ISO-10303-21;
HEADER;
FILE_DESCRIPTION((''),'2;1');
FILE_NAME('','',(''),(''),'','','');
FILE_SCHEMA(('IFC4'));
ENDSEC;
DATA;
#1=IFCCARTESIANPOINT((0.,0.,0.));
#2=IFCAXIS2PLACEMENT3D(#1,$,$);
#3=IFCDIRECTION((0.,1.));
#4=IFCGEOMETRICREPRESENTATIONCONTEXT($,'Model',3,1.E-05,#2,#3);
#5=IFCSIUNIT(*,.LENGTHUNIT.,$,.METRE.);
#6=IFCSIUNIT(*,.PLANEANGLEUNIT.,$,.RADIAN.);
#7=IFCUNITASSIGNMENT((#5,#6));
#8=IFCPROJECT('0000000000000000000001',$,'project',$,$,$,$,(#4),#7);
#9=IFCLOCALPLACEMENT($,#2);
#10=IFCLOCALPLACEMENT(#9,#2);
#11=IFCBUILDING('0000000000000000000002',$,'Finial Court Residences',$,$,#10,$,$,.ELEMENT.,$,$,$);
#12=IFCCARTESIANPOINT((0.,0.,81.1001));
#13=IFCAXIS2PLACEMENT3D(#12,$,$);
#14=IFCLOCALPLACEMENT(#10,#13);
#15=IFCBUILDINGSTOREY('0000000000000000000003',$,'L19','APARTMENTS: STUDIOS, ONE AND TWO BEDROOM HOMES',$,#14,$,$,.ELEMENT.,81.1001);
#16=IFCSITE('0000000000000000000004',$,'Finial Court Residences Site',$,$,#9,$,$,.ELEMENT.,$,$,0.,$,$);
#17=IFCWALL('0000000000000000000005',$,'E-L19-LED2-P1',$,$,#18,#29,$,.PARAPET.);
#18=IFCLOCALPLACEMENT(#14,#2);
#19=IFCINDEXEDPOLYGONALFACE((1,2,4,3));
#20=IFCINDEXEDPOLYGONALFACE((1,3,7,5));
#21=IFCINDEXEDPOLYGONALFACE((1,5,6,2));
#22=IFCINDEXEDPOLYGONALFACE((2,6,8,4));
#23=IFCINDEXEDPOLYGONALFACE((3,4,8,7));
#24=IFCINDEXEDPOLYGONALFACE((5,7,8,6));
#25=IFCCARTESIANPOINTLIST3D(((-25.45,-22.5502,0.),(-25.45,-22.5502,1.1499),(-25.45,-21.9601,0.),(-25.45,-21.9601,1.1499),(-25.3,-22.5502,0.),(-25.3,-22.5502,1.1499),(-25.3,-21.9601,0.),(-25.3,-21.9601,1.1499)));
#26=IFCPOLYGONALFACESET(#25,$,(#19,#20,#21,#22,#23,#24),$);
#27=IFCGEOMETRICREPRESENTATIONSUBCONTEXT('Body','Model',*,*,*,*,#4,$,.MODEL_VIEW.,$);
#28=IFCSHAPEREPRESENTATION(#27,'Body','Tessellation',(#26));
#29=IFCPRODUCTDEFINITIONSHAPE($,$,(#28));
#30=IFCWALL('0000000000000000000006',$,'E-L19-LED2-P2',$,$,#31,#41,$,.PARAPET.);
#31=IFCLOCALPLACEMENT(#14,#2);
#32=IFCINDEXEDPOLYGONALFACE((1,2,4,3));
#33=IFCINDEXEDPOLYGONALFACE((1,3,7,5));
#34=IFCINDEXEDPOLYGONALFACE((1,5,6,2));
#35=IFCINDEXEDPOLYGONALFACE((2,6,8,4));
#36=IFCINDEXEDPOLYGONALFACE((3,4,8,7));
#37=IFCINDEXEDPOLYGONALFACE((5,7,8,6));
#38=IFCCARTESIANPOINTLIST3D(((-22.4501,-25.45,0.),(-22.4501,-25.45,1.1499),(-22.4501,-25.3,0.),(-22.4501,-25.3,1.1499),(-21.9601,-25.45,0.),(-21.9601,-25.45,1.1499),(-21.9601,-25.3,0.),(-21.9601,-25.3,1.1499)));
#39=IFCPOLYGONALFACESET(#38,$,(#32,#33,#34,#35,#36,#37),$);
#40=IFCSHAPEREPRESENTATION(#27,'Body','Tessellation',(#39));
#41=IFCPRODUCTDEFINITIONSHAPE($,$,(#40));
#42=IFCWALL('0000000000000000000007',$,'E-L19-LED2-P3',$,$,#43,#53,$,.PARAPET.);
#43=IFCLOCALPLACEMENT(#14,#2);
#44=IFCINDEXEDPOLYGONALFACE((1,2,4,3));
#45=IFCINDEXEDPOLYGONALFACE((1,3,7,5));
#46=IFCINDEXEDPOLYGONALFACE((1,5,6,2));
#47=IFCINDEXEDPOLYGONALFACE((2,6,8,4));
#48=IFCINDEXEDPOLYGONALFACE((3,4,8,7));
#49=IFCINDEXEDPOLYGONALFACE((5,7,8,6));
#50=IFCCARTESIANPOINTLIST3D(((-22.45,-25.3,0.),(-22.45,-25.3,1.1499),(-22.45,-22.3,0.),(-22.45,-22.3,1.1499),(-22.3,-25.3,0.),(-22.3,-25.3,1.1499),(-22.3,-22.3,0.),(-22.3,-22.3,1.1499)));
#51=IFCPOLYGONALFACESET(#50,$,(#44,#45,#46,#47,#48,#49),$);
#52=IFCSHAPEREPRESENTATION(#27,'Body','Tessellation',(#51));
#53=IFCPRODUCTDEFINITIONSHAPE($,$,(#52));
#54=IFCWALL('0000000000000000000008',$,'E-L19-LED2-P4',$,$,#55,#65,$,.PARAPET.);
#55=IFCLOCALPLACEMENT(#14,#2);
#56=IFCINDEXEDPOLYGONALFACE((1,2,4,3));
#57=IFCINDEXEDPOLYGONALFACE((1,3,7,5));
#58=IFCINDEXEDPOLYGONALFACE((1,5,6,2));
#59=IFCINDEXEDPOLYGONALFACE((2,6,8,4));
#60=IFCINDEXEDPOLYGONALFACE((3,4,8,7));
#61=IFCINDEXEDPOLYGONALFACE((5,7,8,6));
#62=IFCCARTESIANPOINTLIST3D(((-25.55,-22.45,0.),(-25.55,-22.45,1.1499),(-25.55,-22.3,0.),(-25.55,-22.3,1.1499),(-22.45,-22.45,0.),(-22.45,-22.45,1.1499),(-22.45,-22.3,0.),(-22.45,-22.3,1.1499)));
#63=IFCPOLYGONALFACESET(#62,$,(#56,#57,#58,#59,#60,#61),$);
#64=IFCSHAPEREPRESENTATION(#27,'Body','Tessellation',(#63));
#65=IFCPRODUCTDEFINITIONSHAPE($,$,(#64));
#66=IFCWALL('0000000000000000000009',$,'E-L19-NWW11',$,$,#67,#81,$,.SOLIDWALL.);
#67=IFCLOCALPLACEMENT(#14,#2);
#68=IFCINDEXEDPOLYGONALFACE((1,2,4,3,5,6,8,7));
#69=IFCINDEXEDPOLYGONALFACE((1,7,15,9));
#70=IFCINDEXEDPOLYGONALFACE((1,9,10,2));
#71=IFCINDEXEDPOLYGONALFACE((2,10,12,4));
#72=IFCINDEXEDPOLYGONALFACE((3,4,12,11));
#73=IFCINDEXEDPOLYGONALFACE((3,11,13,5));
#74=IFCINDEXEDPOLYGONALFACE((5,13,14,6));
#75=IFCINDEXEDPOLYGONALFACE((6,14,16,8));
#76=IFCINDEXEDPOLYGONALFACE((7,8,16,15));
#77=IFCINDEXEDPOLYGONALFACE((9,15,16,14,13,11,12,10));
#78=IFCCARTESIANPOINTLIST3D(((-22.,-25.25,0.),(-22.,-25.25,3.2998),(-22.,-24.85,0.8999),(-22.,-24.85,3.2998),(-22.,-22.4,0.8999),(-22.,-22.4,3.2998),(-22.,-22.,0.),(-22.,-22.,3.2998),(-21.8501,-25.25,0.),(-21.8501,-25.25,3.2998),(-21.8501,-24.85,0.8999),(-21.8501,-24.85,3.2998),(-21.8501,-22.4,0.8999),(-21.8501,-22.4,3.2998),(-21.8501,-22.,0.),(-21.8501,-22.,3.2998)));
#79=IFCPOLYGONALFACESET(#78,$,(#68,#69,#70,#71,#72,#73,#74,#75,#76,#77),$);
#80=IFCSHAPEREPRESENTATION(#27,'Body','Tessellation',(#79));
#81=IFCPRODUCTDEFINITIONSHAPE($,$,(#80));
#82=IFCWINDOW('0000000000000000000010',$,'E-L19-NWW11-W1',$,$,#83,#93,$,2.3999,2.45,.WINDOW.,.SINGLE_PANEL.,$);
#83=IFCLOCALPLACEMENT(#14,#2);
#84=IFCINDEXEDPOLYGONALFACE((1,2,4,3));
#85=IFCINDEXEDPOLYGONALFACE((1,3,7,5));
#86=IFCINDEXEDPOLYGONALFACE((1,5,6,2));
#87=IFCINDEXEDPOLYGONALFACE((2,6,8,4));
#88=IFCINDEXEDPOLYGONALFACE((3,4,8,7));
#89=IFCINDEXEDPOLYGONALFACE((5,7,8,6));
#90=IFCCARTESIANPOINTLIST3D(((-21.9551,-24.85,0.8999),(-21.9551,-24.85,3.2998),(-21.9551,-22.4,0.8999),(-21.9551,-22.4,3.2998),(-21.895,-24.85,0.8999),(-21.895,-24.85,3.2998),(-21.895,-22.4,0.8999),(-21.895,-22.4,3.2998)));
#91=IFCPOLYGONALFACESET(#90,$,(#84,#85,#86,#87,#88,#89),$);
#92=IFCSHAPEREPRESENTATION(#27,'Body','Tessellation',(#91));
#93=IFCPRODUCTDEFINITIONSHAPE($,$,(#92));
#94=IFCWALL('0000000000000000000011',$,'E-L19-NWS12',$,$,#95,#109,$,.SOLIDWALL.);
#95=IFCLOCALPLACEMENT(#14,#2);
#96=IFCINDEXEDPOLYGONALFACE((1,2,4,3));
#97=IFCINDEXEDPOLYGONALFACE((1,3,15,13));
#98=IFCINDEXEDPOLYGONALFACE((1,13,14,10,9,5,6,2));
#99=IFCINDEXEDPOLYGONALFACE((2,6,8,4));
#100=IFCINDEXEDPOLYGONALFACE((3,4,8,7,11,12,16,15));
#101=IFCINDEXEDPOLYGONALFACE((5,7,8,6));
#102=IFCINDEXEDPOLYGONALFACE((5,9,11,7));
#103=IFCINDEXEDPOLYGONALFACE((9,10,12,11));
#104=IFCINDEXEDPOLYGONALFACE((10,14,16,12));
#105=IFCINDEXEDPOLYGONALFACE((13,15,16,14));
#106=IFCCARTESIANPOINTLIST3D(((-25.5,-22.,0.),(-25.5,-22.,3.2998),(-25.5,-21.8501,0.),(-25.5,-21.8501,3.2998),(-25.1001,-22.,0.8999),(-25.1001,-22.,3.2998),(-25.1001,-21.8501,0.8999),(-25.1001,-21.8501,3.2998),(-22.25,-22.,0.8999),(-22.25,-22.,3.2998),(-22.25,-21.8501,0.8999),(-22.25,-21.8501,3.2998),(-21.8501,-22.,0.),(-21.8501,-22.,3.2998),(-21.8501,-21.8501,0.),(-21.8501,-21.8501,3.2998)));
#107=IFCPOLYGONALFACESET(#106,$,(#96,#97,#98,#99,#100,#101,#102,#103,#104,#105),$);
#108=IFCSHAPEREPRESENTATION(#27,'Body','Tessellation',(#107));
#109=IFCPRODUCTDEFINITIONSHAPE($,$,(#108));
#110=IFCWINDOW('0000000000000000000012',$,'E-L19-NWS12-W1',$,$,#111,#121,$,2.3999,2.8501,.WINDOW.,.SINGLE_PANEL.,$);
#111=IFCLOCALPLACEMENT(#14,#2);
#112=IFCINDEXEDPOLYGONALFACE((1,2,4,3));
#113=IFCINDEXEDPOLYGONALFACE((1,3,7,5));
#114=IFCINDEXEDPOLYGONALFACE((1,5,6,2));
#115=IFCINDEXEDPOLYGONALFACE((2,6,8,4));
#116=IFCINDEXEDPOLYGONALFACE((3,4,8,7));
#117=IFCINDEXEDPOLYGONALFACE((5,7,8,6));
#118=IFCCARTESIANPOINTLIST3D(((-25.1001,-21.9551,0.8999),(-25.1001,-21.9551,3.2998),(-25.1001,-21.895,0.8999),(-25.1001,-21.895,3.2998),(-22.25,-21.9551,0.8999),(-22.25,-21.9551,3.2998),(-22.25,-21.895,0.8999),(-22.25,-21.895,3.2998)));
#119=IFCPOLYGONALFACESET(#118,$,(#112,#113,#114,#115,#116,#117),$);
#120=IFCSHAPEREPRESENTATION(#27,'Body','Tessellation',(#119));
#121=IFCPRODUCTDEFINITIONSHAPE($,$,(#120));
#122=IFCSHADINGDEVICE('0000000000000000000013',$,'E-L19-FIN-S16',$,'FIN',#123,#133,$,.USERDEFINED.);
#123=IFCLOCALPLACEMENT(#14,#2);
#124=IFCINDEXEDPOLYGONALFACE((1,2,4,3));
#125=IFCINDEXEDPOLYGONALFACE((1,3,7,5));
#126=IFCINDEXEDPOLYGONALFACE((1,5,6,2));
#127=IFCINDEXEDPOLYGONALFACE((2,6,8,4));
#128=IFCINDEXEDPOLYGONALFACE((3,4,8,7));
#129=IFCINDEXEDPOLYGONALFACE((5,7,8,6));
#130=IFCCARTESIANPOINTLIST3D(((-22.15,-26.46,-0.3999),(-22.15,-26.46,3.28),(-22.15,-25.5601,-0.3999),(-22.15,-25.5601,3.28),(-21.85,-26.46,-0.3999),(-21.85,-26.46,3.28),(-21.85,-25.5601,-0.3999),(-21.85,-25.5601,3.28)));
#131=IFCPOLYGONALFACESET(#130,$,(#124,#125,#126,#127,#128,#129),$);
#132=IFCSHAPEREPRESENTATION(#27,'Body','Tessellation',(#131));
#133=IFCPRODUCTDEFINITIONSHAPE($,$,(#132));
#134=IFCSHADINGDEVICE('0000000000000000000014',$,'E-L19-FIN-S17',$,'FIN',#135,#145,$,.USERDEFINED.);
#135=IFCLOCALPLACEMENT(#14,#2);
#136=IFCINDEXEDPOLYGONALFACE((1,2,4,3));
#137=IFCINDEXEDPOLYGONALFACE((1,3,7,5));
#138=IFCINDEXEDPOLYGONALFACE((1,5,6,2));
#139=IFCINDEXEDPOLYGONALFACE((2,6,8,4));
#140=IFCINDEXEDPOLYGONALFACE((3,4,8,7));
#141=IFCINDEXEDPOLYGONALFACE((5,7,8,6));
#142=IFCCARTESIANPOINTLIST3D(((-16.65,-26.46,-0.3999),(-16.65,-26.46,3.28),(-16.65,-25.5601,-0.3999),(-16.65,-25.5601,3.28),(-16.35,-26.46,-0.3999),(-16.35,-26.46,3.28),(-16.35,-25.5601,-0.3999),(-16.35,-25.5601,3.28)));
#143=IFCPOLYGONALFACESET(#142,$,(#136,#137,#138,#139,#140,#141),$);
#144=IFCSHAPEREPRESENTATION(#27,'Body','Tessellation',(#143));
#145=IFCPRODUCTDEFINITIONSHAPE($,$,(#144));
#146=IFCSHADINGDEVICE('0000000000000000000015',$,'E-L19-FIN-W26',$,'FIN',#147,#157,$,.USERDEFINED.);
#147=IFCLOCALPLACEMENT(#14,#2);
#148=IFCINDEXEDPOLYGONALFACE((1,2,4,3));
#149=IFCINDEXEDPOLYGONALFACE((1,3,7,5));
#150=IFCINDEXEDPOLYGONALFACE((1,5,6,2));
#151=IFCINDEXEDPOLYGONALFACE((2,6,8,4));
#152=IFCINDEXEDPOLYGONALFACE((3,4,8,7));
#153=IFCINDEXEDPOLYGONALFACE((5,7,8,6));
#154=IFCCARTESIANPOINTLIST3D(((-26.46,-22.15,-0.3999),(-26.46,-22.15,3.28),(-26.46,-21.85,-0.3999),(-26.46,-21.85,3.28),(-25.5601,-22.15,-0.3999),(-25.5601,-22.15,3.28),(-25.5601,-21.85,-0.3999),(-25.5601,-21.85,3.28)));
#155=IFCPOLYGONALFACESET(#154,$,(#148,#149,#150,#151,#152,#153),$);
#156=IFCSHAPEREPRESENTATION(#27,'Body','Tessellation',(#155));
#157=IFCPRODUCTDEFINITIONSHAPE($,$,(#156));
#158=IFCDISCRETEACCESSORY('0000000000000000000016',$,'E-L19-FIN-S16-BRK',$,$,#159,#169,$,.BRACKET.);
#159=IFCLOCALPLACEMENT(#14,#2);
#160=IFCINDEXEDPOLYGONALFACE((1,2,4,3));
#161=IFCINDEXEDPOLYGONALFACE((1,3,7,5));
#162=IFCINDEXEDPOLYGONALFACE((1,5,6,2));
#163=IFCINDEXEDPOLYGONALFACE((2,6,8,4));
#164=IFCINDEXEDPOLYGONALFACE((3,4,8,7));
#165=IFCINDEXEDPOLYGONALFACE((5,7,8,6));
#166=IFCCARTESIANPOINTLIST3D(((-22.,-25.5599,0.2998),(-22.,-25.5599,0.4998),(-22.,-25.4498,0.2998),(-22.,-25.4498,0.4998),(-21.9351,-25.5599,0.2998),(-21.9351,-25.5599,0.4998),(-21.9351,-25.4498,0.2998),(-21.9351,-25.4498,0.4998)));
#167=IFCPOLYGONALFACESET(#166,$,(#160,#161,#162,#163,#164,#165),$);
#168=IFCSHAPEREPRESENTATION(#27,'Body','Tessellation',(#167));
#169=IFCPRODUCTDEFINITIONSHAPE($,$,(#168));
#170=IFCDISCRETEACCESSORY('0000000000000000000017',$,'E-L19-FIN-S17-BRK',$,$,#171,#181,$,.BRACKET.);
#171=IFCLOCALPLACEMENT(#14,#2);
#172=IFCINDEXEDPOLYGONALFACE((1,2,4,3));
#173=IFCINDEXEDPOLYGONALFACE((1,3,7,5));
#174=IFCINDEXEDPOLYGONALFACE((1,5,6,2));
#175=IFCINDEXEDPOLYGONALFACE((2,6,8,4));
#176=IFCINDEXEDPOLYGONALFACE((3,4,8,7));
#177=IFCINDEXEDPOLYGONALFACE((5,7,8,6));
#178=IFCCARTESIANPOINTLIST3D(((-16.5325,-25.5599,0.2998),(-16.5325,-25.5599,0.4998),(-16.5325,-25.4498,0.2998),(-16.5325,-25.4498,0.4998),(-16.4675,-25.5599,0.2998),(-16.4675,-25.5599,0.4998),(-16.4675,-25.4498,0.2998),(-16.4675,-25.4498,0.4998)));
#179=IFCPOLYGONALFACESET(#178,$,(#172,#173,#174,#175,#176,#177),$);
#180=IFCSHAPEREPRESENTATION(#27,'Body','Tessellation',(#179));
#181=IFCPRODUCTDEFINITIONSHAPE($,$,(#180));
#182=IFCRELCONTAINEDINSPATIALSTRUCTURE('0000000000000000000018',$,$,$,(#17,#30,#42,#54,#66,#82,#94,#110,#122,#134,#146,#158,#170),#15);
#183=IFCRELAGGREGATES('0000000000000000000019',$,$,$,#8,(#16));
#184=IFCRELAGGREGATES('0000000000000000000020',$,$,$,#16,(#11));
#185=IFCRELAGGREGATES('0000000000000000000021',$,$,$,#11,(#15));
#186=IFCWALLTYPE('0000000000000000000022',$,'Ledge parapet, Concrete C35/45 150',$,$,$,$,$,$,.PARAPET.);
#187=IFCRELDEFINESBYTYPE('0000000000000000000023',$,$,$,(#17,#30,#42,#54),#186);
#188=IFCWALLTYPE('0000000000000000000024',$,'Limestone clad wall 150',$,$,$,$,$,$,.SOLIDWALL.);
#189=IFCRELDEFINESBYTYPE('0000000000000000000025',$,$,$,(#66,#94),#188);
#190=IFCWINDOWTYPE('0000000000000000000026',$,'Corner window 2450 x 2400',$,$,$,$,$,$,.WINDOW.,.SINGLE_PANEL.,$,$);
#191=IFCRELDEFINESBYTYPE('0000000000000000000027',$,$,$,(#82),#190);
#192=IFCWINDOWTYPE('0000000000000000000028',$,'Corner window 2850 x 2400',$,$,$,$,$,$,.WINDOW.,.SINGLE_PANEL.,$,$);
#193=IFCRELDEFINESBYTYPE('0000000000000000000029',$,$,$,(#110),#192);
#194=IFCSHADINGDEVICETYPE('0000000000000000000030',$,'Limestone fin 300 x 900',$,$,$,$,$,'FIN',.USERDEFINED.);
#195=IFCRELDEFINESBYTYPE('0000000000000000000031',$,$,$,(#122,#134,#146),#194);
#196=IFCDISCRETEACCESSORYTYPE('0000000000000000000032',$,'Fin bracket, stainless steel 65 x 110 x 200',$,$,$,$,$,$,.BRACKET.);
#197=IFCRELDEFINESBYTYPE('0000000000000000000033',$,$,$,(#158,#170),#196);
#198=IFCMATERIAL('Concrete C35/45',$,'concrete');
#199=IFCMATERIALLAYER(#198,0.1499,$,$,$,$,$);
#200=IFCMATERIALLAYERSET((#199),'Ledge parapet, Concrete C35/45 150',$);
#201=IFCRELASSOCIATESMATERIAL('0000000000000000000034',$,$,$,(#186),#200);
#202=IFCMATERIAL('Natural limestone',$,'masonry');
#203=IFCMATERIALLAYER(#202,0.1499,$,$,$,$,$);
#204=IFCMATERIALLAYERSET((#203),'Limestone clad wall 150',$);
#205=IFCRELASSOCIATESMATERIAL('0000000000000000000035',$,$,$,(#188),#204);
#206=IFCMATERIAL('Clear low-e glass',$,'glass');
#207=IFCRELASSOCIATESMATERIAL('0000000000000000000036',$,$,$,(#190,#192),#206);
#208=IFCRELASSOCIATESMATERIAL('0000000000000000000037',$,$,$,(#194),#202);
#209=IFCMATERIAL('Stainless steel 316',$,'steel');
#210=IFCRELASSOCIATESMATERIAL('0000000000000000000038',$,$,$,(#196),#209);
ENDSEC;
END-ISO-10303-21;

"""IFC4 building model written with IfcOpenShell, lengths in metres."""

from ifc_helpers import new_model, si_unit, direction, frame, frame_2d, origin, origin_2d, place, context, subcontext, project, spatial, rectangle, extrude, material, layer, layer_set, type_object, element, fill, save


model = new_model("IFC4")

# Units and contexts
model_context = context("Model", 3, precision=1e-05, world=origin(), true_north=direction((0.0, 1.0)))
body_context = subcontext(model_context, "Body", "Model", "MODEL_VIEW")
ifc_project = project(units=[si_unit("LENGTHUNIT", "METRE"), si_unit("PLANEANGLEUNIT", "RADIAN")], contexts=[model_context])

# Site, building, storey
site_placement = place(None, origin())
site = spatial("IfcSite", under=ifc_project, at=site_placement, Name="Finial Court Residences Site", CompositionType="ELEMENT", RefElevation=0.0)
building_placement = place(site_placement, origin())
building = spatial("IfcBuilding", under=site, at=building_placement, Name="Finial Court Residences", CompositionType="ELEMENT")
storey_placement = place(building_placement, frame((0.0, 0.0, 81.1001)))
storey = spatial("IfcBuildingStorey", under=building, at=storey_placement, Name="L19", Description="APARTMENTS: STUDIOS, ONE AND TWO BEDROOM HOMES", CompositionType="ELEMENT", Elevation=81.1001)

# Shared definitions
ifc_material_1 = material(Name="Clear low-e glass", Category="glass")

# Walls
ifc_material_2 = material(Name="Concrete C35/45", Category="concrete")
ifc_layer_1 = layer(ifc_material_2, 0.1499)
ifc_layer_set_1 = layer_set([ifc_layer_1], Name="Ledge parapet, Concrete C35/45 150")
wall_type_1 = type_object("IfcWallType", Name="Ledge parapet, Concrete C35/45 150", PredefinedType="PARAPET", material=ifc_layer_set_1)
wall_1_placement = place(storey_placement, frame((-25.375, -22.55, 0.0), z_axis=(0.0, 0.0, 1.0), x_axis=(0.0, 1.0, 0.0)))
element("IfcWall", 1, at=wall_1_placement, inside=storey, type_object=wall_type_1, Name="E-L19-LED2-P1", PredefinedType="PARAPET", context=body_context, shape_type="SweptSolid", body=[
    extrude(rectangle(XDim=0.5901, YDim=0.1499, at=frame_2d((0.2949, 0.0))), origin(), (0.0, 0.0, 1.0), 1.1499),
])
wall_2_placement = place(storey_placement, frame((-21.96, -25.375, 0.0), z_axis=(0.0, 0.0, 1.0), x_axis=(-1.0, 0.0, 0.0)))
element("IfcWall", 2, at=wall_2_placement, inside=storey, type_object=wall_type_1, Name="E-L19-LED2-P2", PredefinedType="PARAPET", context=body_context, shape_type="SweptSolid", body=[
    extrude(rectangle(XDim=0.49, YDim=0.1499, at=frame_2d((0.2451, 0.0))), origin(), (0.0, 0.0, 1.0), 1.1499),
])
wall_3_placement = place(storey_placement, frame((-22.375, -25.3, 0.0), z_axis=(0.0, 0.0, 1.0), x_axis=(0.0, 1.0, 0.0)))
element("IfcWall", 3, at=wall_3_placement, inside=storey, type_object=wall_type_1, Name="E-L19-LED2-P3", PredefinedType="PARAPET", context=body_context, shape_type="SweptSolid", body=[
    extrude(rectangle(XDim=3.0, YDim=0.1499, at=frame_2d((1.5, 0.0))), origin(), (0.0, 0.0, 1.0), 1.1499),
])
wall_4_placement = place(storey_placement, frame((-22.45, -22.375, 0.0), z_axis=(0.0, 0.0, 1.0), x_axis=(-1.0, 0.0, 0.0)))
element("IfcWall", 4, at=wall_4_placement, inside=storey, type_object=wall_type_1, Name="E-L19-LED2-P4", PredefinedType="PARAPET", context=body_context, shape_type="SweptSolid", body=[
    extrude(rectangle(XDim=3.1001, YDim=0.1499, at=frame_2d((1.55, 0.0))), origin(), (0.0, 0.0, 1.0), 1.1499),
])

# Walls, openings, windows
ifc_material_3 = material(Name="Natural limestone", Category="masonry")
ifc_layer_2 = layer(ifc_material_3, 0.1499)
ifc_layer_set_2 = layer_set([ifc_layer_2], Name="Limestone clad wall 150")
wall_type_2 = type_object("IfcWallType", Name="Limestone clad wall 150", PredefinedType="SOLIDWALL", material=ifc_layer_set_2)
wall_5_placement = place(storey_placement, frame((-21.925, -25.25, 0.0), z_axis=(0.0, 0.0, 1.0), x_axis=(0.0, 1.0, 0.0)))
wall_5 = element("IfcWall", 5, at=wall_5_placement, inside=storey, type_object=wall_type_2, Name="E-L19-NWW11", PredefinedType="SOLIDWALL", context=body_context, shape_type="SweptSolid", body=[
    extrude(rectangle(XDim=3.25, YDim=0.1499, at=frame_2d((1.625, 0.0))), origin(), (0.0, 0.0, 1.0), 3.2998),
])
opening_1_placement = place(wall_5_placement, frame((0.3999, 0.0, 0.8999)))
opening_1 = element("IfcOpeningElement", 6, at=opening_1_placement, cuts=wall_5, PredefinedType="OPENING", context=body_context, shape_type="SweptSolid", body=[
    extrude(rectangle(XDim=2.45, YDim=2.3999, at=frame_2d((1.2251, 1.2))), frame((0.0, 0.085, 0.0), z_axis=(0.0, -1.0, 0.0), x_axis=(1.0, 0.0, 0.0)), (0.0, 0.0, 1.0), 0.1699),
])
window_type_1 = type_object("IfcWindowType", Name="Corner window 2450 x 2400", PartitioningType="SINGLE_PANEL", PredefinedType="WINDOW", material=ifc_material_1)
window_1_placement = place(opening_1_placement, origin())
window_1 = element("IfcWindow", 7, at=window_1_placement, inside=storey, type_object=window_type_1, Name="E-L19-NWW11-W1", OverallHeight=2.3999, OverallWidth=2.45, PartitioningType="SINGLE_PANEL", PredefinedType="WINDOW", context=body_context, shape_type="SweptSolid", body=[
    extrude(rectangle(XDim=2.45, YDim=2.3999, at=frame_2d((1.2251, 1.2))), frame((0.0, 0.03, 0.0), z_axis=(0.0, -1.0, 0.0), x_axis=(1.0, 0.0, 0.0)), (0.0, 0.0, 1.0), 0.0601),
])
fill(opening_1, window_1)
wall_6_placement = place(storey_placement, frame((-21.8501, -21.925, 0.0), z_axis=(0.0, 0.0, 1.0), x_axis=(-1.0, 0.0, 0.0)))
wall_6 = element("IfcWall", 8, at=wall_6_placement, inside=storey, type_object=wall_type_2, Name="E-L19-NWS12", PredefinedType="SOLIDWALL", context=body_context, shape_type="SweptSolid", body=[
    extrude(rectangle(XDim=3.6499, YDim=0.1499, at=frame_2d((1.825, 0.0))), origin(), (0.0, 0.0, 1.0), 3.2998),
])
opening_2_placement = place(wall_6_placement, frame((0.3999, 0.0, 0.8999)))
opening_2 = element("IfcOpeningElement", 9, at=opening_2_placement, cuts=wall_6, PredefinedType="OPENING", context=body_context, shape_type="SweptSolid", body=[
    extrude(rectangle(XDim=2.8501, YDim=2.3999, at=frame_2d((1.425, 1.2))), frame((0.0, 0.085, 0.0), z_axis=(0.0, -1.0, 0.0), x_axis=(1.0, 0.0, 0.0)), (0.0, 0.0, 1.0), 0.1699),
])
window_type_2 = type_object("IfcWindowType", Name="Corner window 2850 x 2400", PartitioningType="SINGLE_PANEL", PredefinedType="WINDOW", material=ifc_material_1)
window_2_placement = place(opening_2_placement, origin())
window_2 = element("IfcWindow", 10, at=window_2_placement, inside=storey, type_object=window_type_2, Name="E-L19-NWS12-W1", OverallHeight=2.3999, OverallWidth=2.8501, PartitioningType="SINGLE_PANEL", PredefinedType="WINDOW", context=body_context, shape_type="SweptSolid", body=[
    extrude(rectangle(XDim=2.8501, YDim=2.3999, at=frame_2d((1.425, 1.2))), frame((0.0, 0.03, 0.0), z_axis=(0.0, -1.0, 0.0), x_axis=(1.0, 0.0, 0.0)), (0.0, 0.0, 1.0), 0.0601),
])
fill(opening_2, window_2)

# Shading devices
shading_device_type = type_object("IfcShadingDeviceType", Name="Limestone fin 300 x 900", ElementType="FIN", PredefinedType="USERDEFINED", material=ifc_material_3)
for number, where, z_axis, x_axis, name in (
    (11, (-22.0, -26.01, -0.3999), (0.0, 0.0, 1.0), (1.0, 0.0, 0.0), "E-L19-FIN-S16"),
    (12, (-16.5, -26.01, -0.3999), (0.0, 0.0, 1.0), (1.0, 0.0, 0.0), "E-L19-FIN-S17"),
):
    element("IfcShadingDevice", number, at=place(storey_placement, frame(where, z_axis=z_axis, x_axis=x_axis)), inside=storey, type_object=shading_device_type, Name=name, ObjectType="FIN", PredefinedType="USERDEFINED", context=body_context, shape_type="SweptSolid", body=[
        extrude(rectangle(XDim=0.3, YDim=0.8999, at=origin_2d()), origin(), (0.0, 0.0, 1.0), 3.6799),
    ])
shading_device_placement = place(storey_placement, frame((-26.01, -22.0, -0.3999), z_axis=(0.0, 0.0, 1.0), x_axis=(1.0, 0.0, 0.0)))
element("IfcShadingDevice", 13, at=shading_device_placement, inside=storey, type_object=shading_device_type, Name="E-L19-FIN-W26", ObjectType="FIN", PredefinedType="USERDEFINED", context=body_context, shape_type="SweptSolid", body=[
    extrude(rectangle(XDim=0.8999, YDim=0.3, at=origin_2d()), origin(), (0.0, 0.0, 1.0), 3.6799),
])

# Discrete accessories
ifc_material_4 = material(Name="Stainless steel 316", Category="steel")
discrete_accessory_type = type_object("IfcDiscreteAccessoryType", Name="Fin bracket, stainless steel 65 x 110 x 200", PredefinedType="BRACKET", material=ifc_material_4)
for number, where, z_axis, x_axis, name in (
    (14, (-21.9675, -25.5049, 0.2998), (0.0, 0.0, 1.0), (1.0, 0.0, 0.0), "E-L19-FIN-S16-BRK"),
    (15, (-16.5, -25.5049, 0.2998), (0.0, 0.0, 1.0), (1.0, 0.0, 0.0), "E-L19-FIN-S17-BRK"),
):
    element("IfcDiscreteAccessory", number, at=place(storey_placement, frame(where, z_axis=z_axis, x_axis=x_axis)), inside=storey, type_object=discrete_accessory_type, Name=name, PredefinedType="BRACKET", context=body_context, shape_type="SweptSolid", body=[
        extrude(rectangle(XDim=0.0649, YDim=0.1101, at=origin_2d()), origin(), (0.0, 0.0, 1.0), 0.2),
    ])

save(model, "model.ifc")
